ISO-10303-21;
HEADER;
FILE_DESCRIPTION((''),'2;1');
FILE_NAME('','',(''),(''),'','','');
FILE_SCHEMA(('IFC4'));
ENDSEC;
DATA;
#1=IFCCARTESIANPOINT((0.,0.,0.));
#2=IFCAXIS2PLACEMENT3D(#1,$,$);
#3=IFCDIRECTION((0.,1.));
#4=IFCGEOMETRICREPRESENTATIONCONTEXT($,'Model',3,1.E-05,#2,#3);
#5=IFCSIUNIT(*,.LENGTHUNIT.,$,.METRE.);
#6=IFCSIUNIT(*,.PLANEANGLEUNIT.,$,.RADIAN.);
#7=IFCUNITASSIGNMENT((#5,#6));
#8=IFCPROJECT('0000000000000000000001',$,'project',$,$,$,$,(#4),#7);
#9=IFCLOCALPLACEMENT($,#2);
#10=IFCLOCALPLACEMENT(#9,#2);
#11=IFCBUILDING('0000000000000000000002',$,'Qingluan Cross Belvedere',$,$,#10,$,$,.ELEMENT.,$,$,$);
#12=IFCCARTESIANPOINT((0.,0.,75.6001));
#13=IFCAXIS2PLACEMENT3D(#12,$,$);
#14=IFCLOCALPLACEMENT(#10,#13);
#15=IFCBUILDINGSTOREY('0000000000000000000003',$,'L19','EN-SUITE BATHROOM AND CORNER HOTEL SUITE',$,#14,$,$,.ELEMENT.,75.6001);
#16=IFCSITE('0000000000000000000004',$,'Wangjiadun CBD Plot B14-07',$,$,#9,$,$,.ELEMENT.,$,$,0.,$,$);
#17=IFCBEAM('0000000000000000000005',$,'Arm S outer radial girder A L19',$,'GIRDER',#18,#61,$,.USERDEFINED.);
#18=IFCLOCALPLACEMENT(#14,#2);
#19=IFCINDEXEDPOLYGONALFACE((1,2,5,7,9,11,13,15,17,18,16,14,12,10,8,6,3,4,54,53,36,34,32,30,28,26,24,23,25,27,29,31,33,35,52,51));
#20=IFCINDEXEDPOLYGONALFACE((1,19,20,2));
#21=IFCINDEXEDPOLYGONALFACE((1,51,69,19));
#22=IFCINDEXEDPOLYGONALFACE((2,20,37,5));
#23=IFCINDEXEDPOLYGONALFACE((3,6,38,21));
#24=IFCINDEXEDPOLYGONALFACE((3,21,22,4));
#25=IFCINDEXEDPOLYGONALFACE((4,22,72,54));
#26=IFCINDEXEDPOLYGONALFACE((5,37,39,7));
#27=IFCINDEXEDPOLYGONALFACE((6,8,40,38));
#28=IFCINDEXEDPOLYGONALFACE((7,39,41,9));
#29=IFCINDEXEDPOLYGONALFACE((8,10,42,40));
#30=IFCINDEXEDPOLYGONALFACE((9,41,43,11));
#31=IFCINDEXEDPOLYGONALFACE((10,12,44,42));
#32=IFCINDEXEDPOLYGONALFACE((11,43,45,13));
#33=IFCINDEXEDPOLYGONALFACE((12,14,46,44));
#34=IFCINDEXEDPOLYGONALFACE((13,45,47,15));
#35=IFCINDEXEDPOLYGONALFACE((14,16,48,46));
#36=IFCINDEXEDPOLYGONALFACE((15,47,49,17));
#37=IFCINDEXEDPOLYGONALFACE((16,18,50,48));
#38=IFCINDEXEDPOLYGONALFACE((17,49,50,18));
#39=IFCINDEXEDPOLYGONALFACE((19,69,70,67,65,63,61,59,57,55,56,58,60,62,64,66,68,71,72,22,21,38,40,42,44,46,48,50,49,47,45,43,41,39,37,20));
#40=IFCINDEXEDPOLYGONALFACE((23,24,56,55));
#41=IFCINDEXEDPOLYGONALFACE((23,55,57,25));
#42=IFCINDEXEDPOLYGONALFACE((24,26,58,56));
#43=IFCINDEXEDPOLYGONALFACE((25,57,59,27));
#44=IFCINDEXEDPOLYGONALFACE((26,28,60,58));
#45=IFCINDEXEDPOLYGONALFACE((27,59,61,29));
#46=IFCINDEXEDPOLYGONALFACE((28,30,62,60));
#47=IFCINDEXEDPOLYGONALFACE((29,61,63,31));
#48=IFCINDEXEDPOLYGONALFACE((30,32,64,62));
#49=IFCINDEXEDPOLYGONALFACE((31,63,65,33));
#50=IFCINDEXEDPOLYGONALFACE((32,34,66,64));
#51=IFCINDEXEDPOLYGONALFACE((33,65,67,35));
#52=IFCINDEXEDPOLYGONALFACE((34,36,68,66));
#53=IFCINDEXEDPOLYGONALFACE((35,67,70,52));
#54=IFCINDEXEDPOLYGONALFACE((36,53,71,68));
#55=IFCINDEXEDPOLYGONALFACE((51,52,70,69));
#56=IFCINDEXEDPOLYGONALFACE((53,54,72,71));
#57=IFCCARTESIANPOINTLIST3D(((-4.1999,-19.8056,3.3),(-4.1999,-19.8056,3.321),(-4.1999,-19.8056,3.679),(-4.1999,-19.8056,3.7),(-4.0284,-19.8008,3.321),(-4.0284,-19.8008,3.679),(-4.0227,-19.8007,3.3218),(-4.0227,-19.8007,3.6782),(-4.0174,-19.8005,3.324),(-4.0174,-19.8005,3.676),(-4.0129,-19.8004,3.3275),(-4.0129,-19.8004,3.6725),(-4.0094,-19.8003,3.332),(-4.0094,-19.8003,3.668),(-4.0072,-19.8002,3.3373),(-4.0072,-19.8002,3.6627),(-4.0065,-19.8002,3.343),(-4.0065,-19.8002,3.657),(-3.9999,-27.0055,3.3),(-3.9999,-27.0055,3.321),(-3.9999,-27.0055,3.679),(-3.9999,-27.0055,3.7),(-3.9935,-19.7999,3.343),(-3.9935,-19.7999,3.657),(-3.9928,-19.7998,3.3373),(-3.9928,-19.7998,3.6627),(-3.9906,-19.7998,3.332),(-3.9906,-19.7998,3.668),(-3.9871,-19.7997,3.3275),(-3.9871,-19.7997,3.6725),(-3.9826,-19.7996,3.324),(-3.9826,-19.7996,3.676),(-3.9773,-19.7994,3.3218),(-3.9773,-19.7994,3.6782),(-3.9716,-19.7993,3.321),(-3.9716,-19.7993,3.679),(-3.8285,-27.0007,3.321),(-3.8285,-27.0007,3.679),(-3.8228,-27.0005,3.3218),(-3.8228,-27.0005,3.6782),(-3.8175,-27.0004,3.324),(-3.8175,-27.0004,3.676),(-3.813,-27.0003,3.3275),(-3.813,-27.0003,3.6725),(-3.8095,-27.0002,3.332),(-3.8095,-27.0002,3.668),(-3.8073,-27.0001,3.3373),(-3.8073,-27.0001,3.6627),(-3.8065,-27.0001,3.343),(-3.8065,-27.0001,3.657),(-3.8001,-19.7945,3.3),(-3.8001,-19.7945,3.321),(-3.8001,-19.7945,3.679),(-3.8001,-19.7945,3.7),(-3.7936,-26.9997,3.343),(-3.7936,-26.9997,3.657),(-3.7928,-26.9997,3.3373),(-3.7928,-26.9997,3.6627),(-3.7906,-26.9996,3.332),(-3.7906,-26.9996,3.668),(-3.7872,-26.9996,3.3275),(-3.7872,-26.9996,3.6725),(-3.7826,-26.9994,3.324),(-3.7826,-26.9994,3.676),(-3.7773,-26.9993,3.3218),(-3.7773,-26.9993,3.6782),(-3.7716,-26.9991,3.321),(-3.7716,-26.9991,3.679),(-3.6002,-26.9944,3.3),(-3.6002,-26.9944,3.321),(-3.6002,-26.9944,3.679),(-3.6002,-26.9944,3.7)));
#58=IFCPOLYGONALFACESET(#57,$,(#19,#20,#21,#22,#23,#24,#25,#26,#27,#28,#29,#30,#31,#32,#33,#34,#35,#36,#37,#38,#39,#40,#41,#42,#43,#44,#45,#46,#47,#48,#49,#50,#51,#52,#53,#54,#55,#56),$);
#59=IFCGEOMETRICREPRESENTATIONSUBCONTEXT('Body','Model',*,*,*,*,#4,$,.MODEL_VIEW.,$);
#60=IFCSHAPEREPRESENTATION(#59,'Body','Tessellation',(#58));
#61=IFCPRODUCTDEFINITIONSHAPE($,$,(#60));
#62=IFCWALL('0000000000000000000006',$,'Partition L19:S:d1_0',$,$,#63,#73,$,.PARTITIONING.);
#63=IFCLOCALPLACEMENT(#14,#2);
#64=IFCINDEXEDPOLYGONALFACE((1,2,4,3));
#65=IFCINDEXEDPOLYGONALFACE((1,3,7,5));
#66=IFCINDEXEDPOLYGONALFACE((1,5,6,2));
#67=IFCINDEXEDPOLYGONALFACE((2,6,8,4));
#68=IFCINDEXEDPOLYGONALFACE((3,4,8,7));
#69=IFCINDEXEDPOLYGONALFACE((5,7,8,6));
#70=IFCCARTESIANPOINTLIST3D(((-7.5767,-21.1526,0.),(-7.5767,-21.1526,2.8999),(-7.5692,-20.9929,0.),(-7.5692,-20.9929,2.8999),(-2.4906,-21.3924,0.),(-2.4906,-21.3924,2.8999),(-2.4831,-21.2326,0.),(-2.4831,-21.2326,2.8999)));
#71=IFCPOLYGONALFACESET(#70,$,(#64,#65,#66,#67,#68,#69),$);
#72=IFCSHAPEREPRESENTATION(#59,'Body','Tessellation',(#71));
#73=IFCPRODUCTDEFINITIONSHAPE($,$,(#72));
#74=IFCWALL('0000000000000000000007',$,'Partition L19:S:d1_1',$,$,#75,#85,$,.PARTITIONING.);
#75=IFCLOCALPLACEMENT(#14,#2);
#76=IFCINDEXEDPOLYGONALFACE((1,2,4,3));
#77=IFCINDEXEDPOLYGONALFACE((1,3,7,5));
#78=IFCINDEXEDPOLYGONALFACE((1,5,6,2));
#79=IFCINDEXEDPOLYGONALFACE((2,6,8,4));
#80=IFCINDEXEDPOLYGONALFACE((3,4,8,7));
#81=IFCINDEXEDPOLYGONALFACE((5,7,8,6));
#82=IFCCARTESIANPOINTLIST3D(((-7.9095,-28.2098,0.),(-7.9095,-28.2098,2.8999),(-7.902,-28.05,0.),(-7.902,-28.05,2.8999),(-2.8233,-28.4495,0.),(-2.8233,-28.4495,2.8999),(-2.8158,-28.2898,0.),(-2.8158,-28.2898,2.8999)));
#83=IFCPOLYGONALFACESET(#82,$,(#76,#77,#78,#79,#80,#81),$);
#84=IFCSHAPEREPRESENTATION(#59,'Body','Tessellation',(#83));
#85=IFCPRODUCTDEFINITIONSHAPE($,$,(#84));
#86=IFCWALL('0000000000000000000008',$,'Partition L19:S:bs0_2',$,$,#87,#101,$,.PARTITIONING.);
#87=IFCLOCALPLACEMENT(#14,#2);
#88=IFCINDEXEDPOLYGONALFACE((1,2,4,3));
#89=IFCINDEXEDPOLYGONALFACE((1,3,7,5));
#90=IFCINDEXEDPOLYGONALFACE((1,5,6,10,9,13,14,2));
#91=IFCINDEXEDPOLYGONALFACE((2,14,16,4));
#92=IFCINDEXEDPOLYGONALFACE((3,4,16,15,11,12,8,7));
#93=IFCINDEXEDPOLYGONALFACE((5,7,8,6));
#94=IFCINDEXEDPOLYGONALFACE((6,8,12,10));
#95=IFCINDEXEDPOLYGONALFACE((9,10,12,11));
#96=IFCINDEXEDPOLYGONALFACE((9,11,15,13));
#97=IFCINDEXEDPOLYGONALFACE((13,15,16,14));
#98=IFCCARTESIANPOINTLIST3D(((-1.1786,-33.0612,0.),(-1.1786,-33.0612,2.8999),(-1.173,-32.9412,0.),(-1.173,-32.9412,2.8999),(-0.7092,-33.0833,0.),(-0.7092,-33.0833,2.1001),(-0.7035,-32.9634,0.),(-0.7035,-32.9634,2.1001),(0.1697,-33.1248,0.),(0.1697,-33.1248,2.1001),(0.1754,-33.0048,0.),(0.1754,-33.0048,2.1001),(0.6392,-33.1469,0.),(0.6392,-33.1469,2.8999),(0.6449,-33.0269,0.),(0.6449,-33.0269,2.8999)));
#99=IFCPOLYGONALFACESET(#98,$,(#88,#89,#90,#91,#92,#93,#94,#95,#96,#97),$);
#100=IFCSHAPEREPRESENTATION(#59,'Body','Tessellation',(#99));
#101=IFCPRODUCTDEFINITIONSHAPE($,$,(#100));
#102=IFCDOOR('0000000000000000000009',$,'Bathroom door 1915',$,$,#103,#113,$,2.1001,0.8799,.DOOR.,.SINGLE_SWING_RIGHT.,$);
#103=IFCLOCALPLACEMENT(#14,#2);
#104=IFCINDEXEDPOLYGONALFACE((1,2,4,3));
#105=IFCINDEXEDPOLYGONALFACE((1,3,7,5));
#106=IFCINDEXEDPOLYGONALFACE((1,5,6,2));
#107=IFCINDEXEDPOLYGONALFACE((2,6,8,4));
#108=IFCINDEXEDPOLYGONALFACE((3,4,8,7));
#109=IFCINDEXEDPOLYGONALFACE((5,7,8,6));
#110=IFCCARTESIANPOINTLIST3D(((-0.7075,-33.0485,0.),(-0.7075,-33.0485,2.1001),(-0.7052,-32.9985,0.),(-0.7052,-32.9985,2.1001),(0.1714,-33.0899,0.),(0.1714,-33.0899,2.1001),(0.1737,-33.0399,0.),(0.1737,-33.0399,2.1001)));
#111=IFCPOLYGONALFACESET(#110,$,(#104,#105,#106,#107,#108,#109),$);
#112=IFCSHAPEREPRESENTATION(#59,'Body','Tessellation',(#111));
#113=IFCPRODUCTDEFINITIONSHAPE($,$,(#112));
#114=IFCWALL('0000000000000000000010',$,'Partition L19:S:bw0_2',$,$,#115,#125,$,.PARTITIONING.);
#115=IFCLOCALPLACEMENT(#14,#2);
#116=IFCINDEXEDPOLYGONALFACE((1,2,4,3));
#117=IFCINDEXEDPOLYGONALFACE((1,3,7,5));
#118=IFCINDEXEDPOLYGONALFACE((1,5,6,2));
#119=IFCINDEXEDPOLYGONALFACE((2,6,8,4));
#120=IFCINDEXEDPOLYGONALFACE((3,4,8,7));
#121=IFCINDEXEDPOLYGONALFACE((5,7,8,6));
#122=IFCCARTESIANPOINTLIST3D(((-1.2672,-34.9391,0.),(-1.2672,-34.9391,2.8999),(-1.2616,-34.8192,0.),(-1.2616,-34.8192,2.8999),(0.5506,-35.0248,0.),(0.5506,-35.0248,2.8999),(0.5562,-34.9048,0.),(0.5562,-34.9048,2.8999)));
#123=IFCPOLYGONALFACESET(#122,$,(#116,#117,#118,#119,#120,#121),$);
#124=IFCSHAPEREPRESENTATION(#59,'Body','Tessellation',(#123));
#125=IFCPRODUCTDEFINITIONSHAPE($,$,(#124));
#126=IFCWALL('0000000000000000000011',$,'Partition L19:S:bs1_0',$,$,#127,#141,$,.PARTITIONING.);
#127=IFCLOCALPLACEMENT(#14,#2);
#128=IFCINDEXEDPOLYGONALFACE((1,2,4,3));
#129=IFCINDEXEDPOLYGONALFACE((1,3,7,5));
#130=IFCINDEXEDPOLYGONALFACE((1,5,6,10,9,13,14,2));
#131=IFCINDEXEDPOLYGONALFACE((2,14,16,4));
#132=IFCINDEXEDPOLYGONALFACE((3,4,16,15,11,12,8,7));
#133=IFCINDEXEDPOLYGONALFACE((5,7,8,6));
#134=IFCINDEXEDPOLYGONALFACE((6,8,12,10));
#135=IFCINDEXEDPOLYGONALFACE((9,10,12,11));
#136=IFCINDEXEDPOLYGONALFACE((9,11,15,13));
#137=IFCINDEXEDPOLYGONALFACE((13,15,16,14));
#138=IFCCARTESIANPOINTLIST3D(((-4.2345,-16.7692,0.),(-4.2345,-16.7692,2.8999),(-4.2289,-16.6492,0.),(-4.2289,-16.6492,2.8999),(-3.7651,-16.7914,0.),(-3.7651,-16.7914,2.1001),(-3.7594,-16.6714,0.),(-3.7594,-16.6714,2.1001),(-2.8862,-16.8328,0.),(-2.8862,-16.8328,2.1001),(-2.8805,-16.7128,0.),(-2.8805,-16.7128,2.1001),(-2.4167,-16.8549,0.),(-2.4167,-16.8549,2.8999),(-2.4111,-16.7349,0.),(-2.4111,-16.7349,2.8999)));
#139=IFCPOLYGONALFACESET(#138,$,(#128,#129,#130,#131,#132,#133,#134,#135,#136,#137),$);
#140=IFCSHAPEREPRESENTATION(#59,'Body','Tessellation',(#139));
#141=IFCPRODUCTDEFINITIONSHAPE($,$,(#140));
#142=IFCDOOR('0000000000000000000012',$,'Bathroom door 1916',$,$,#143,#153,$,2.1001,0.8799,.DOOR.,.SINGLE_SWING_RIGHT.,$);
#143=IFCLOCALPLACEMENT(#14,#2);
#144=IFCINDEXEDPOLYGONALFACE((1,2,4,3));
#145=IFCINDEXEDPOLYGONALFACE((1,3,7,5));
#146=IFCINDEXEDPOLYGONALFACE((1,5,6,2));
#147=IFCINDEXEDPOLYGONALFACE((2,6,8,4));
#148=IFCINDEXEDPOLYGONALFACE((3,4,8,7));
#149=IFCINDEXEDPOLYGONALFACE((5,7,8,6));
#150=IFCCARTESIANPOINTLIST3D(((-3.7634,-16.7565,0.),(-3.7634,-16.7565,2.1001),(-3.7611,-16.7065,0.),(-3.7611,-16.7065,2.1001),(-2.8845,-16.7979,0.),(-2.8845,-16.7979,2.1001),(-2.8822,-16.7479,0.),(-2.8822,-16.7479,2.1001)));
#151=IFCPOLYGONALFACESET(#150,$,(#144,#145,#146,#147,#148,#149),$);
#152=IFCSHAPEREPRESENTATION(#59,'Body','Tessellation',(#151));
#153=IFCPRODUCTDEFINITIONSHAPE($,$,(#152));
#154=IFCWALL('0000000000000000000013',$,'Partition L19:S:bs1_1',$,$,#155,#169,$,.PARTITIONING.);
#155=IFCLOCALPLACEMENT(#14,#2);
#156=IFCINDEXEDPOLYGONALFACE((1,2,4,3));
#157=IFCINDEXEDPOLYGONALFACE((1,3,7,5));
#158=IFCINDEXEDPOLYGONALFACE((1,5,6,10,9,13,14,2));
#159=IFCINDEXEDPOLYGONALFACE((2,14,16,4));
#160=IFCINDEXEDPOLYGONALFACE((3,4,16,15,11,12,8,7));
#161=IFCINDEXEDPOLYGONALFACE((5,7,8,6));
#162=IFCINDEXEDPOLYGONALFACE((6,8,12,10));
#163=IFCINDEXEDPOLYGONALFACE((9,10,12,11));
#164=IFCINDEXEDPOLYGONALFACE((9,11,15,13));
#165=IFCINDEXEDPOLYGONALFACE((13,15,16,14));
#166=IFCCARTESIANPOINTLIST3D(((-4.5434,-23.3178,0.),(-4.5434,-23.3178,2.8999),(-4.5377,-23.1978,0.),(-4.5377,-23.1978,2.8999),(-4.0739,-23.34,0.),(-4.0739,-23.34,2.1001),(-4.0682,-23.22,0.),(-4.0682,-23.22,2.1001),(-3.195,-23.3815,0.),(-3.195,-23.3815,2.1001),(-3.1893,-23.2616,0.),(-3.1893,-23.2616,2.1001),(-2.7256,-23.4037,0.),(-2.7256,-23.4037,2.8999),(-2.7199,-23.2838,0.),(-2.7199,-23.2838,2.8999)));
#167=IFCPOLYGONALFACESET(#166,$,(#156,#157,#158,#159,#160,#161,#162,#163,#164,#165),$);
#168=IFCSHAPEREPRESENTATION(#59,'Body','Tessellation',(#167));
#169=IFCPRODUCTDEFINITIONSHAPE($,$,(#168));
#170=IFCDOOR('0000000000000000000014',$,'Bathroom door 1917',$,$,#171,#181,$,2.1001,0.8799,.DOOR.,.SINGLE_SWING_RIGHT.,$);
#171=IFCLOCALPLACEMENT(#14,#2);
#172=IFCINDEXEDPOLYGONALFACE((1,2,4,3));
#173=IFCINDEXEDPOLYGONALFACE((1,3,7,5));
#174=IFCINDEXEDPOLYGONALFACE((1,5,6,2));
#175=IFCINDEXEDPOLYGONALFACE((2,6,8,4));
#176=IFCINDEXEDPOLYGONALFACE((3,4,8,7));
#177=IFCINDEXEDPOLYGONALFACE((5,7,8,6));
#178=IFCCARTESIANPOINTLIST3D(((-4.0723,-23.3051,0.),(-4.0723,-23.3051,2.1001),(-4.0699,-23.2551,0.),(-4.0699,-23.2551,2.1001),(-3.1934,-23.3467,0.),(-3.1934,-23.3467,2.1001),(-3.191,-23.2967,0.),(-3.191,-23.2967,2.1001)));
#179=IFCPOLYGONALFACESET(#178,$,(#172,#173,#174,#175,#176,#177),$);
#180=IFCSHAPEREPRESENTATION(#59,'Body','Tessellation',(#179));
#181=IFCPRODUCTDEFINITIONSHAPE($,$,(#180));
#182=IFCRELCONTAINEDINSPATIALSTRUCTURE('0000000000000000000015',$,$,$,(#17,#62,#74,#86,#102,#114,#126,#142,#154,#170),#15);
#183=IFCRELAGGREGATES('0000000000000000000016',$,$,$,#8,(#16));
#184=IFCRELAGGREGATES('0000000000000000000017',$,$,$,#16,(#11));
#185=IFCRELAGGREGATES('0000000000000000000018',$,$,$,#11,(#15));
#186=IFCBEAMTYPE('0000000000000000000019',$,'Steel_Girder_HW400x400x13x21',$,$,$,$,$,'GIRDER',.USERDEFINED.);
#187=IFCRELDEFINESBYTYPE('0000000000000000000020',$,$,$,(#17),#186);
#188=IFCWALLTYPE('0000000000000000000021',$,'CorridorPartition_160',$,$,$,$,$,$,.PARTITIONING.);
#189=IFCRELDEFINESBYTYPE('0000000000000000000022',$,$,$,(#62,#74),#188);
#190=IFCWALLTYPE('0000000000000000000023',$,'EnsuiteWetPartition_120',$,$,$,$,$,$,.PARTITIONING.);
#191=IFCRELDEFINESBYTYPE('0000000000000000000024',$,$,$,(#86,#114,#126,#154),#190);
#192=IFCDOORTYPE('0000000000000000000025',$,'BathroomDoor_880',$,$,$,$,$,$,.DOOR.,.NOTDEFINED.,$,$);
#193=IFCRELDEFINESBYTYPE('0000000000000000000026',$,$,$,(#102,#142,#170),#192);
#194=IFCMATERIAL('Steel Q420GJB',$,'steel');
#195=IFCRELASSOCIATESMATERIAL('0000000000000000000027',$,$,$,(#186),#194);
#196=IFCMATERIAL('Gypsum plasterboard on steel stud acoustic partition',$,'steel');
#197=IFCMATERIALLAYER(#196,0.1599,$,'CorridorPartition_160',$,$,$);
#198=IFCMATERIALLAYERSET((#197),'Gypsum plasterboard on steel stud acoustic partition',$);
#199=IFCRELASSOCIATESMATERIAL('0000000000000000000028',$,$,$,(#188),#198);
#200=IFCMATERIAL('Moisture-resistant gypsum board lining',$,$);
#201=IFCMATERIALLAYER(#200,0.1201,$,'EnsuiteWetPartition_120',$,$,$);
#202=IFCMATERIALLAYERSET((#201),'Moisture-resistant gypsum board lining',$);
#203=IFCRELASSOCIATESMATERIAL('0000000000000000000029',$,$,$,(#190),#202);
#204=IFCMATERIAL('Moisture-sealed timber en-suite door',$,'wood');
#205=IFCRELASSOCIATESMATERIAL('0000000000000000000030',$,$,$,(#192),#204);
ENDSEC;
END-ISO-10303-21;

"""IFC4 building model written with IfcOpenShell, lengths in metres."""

from ifc_helpers import new_model, si_unit, direction, frame, frame_2d, origin, origin_2d, place, context, subcontext, project, spatial, rectangle, i_section, extrude, material, layer, layer_set, material_profile, profile_set, type_object, element, fill, save


model = new_model("IFC4")

# Units and contexts
model_context = context("Model", 3, precision=1e-05, world=origin(), true_north=direction((0.0, 1.0)))
body_context = subcontext(model_context, "Body", "Model", "MODEL_VIEW")
ifc_project = project(units=[si_unit("LENGTHUNIT", "METRE"), si_unit("PLANEANGLEUNIT", "RADIAN")], contexts=[model_context])

# Site, building, storey
site_placement = place(None, origin())
site = spatial("IfcSite", under=ifc_project, at=site_placement, Name="Wangjiadun CBD Plot B14-07", CompositionType="ELEMENT", RefElevation=0.0)
building_placement = place(site_placement, origin())
building = spatial("IfcBuilding", under=site, at=building_placement, Name="Qingluan Cross Belvedere", CompositionType="ELEMENT")
storey_placement = place(building_placement, frame((0.0, 0.0, 75.6001)))
storey = spatial("IfcBuildingStorey", under=building, at=storey_placement, Name="L19", Description="EN-SUITE BATHROOM AND CORNER HOTEL SUITE", CompositionType="ELEMENT", Elevation=75.6001)

# Beam
ifc_material_1 = material(Name="Steel Q420GJB", Category="steel")
ifc_material_profile_1 = material_profile(ifc_material_1, i_section(OverallWidth=0.3999, OverallDepth=0.3999, WebThickness=0.0129, FlangeThickness=0.021, FilletRadius=0.022, at=origin_2d()), Name="HW400x400x13x21")
ifc_profile_set_1 = profile_set([ifc_material_profile_1], Name="Steel Q420GJB")
beam_type_1 = type_object("IfcBeamType", Name="Steel_Girder_HW400x400x13x21", ElementType="GIRDER", PredefinedType="USERDEFINED", material=ifc_profile_set_1)
beam_1_placement = place(storey_placement, frame((-4.0, -19.8, 3.5), z_axis=(0.02776, -0.999615, 0.0), x_axis=(0.999615, 0.02776, 0.0)))
element("IfcBeam", 1, at=beam_1_placement, inside=storey, type_object=beam_type_1, Name="Arm S outer radial girder A L19", ObjectType="GIRDER", PredefinedType="USERDEFINED", context=body_context, shape_type="SweptSolid", body=[
    extrude(i_section(OverallWidth=0.3999, OverallDepth=0.3999, WebThickness=0.0129, FlangeThickness=0.021, FilletRadius=0.022, at=origin_2d()), origin(), (0.0, 0.0, 1.0), 7.2026),
])

# Walls
ifc_material_2 = material(Name="Gypsum plasterboard on steel stud acoustic partition", Category="steel")
ifc_layer_1 = layer(ifc_material_2, 0.1599, Name="CorridorPartition_160")
ifc_layer_set_1 = layer_set([ifc_layer_1], Name="Gypsum plasterboard on steel stud acoustic partition")
wall_type_1 = type_object("IfcWallType", Name="CorridorPartition_160", PredefinedType="PARTITIONING", material=ifc_layer_set_1)
for number, where, z_axis, x_axis, name in (
    (2, (-2.4868, -21.3125, 0.0), (0.0, 0.0, 1.0), (-0.998891, 0.047084, 0.0), "Partition L19:S:d1_0"),
    (3, (-2.8196, -28.3696, 0.0), (0.0, 0.0, 1.0), (-0.998891, 0.047084, 0.0), "Partition L19:S:d1_1"),
):
    element("IfcWall", number, at=place(storey_placement, frame(where, z_axis=z_axis, x_axis=x_axis)), inside=storey, type_object=wall_type_1, Name=name, PredefinedType="PARTITIONING", context=body_context, shape_type="SweptSolid", body=[
        extrude(rectangle(XDim=5.0918, YDim=0.1599, at=frame_2d((2.5459, 0.0))), origin(), (0.0, 0.0, 1.0), 2.8999),
    ])

# Wall, opening, door
ifc_material_3 = material(Name="Moisture-resistant gypsum board lining")
ifc_layer_2 = layer(ifc_material_3, 0.1201, Name="EnsuiteWetPartition_120")
ifc_layer_set_2 = layer_set([ifc_layer_2], Name="Moisture-resistant gypsum board lining")
wall_type_2 = type_object("IfcWallType", Name="EnsuiteWetPartition_120", PredefinedType="PARTITIONING", material=ifc_layer_set_2)
wall_1_placement = place(storey_placement, frame((-1.1758, -33.0012, 0.0), z_axis=(0.0, 0.0, 1.0), x_axis=(0.998891, -0.047087, 0.0)))
wall_1 = element("IfcWall", 4, at=wall_1_placement, inside=storey, type_object=wall_type_2, Name="Partition L19:S:bs0_2", PredefinedType="PARTITIONING", context=body_context, shape_type="SweptSolid", body=[
    extrude(rectangle(XDim=1.8198, YDim=0.1201, at=frame_2d((0.9099, 0.0))), origin(), (0.0, 0.0, 1.0), 2.8999),
])
opening_1_placement = place(wall_1_placement, frame((0.47, 0.0, 0.0)))
opening_1 = element("IfcOpeningElement", 5, at=opening_1_placement, cuts=wall_1, PredefinedType="OPENING", context=body_context, shape_type="SweptSolid", body=[
    extrude(rectangle(XDim=0.8799, YDim=2.1001, at=frame_2d((0.4399, 1.05))), frame((0.0, 0.0701, 0.0), z_axis=(0.0, -1.0, 0.0), x_axis=(1.0, 0.0, 0.0)), (0.0, 0.0, 1.0), 0.1401),
])
ifc_material_4 = material(Name="Moisture-sealed timber en-suite door", Category="wood")
door_type = type_object("IfcDoorType", Name="BathroomDoor_880", OperationType="NOTDEFINED", PredefinedType="DOOR", material=ifc_material_4)
door_1_placement = place(opening_1_placement, origin())
door_1 = element("IfcDoor", 6, at=door_1_placement, inside=storey, type_object=door_type, Name="Bathroom door 1915", OperationType="SINGLE_SWING_RIGHT", OverallHeight=2.1001, OverallWidth=0.8799, PredefinedType="DOOR", context=body_context, shape_type="SweptSolid", body=[
    extrude(rectangle(XDim=0.8799, YDim=2.1001, at=frame_2d((0.4399, 1.05))), frame((0.0, 0.0249, 0.0), z_axis=(0.0, -1.0, 0.0), x_axis=(1.0, 0.0, 0.0)), (0.0, 0.0, 1.0), 0.05),
])
fill(opening_1, door_1)

# Wall
wall_2_placement = place(storey_placement, frame((-1.2644, -34.8792, 0.0), z_axis=(0.0, 0.0, 1.0), x_axis=(0.998891, -0.047087, 0.0)))
element("IfcWall", 7, at=wall_2_placement, inside=storey, type_object=wall_type_2, Name="Partition L19:S:bw0_2", PredefinedType="PARTITIONING", context=body_context, shape_type="SweptSolid", body=[
    extrude(rectangle(XDim=1.8198, YDim=0.1201, at=frame_2d((0.9099, 0.0))), origin(), (0.0, 0.0, 1.0), 2.8999),
])

# Walls, openings, doors
wall_3_placement = place(storey_placement, frame((-4.2317, -16.7092, 0.0), z_axis=(0.0, 0.0, 1.0), x_axis=(0.998891, -0.047087, 0.0)))
wall_3 = element("IfcWall", 8, at=wall_3_placement, inside=storey, type_object=wall_type_2, Name="Partition L19:S:bs1_0", PredefinedType="PARTITIONING", context=body_context, shape_type="SweptSolid", body=[
    extrude(rectangle(XDim=1.8198, YDim=0.1201, at=frame_2d((0.9099, 0.0))), origin(), (0.0, 0.0, 1.0), 2.8999),
])
opening_2_placement = place(wall_3_placement, frame((0.47, 0.0, 0.0)))
opening_2 = element("IfcOpeningElement", 9, at=opening_2_placement, cuts=wall_3, PredefinedType="OPENING", context=body_context, shape_type="SweptSolid", body=[
    extrude(rectangle(XDim=0.8799, YDim=2.1001, at=frame_2d((0.4399, 1.05))), frame((0.0, 0.0701, 0.0), z_axis=(0.0, -1.0, 0.0), x_axis=(1.0, 0.0, 0.0)), (0.0, 0.0, 1.0), 0.1401),
])
door_2_placement = place(opening_2_placement, origin())
door_2 = element("IfcDoor", 10, at=door_2_placement, inside=storey, type_object=door_type, Name="Bathroom door 1916", OperationType="SINGLE_SWING_RIGHT", OverallHeight=2.1001, OverallWidth=0.8799, PredefinedType="DOOR", context=body_context, shape_type="SweptSolid", body=[
    extrude(rectangle(XDim=0.8799, YDim=2.1001, at=frame_2d((0.4399, 1.05))), frame((0.0, 0.0249, 0.0), z_axis=(0.0, -1.0, 0.0), x_axis=(1.0, 0.0, 0.0)), (0.0, 0.0, 1.0), 0.05),
])
fill(opening_2, door_2)
wall_4_placement = place(storey_placement, frame((-4.5405, -23.2578, 0.0), z_axis=(0.0, 0.0, 1.0), x_axis=(0.998884, -0.047221, 0.0)))
wall_4 = element("IfcWall", 11, at=wall_4_placement, inside=storey, type_object=wall_type_2, Name="Partition L19:S:bs1_1", PredefinedType="PARTITIONING", context=body_context, shape_type="SweptSolid", body=[
    extrude(rectangle(XDim=1.8198, YDim=0.1201, at=frame_2d((0.9099, 0.0))), origin(), (0.0, 0.0, 1.0), 2.8999),
])
opening_3_placement = place(wall_4_placement, frame((0.47, 0.0, 0.0)))
opening_3 = element("IfcOpeningElement", 12, at=opening_3_placement, cuts=wall_4, PredefinedType="OPENING", context=body_context, shape_type="SweptSolid", body=[
    extrude(rectangle(XDim=0.8799, YDim=2.1001, at=frame_2d((0.4399, 1.05))), frame((0.0, 0.0701, 0.0), z_axis=(0.0, -1.0, 0.0), x_axis=(1.0, 0.0, 0.0)), (0.0, 0.0, 1.0), 0.1401),
])
door_3_placement = place(opening_3_placement, origin())
door_3 = element("IfcDoor", 13, at=door_3_placement, inside=storey, type_object=door_type, Name="Bathroom door 1917", OperationType="SINGLE_SWING_RIGHT", OverallHeight=2.1001, OverallWidth=0.8799, PredefinedType="DOOR", context=body_context, shape_type="SweptSolid", body=[
    extrude(rectangle(XDim=0.8799, YDim=2.1001, at=frame_2d((0.4399, 1.05))), frame((0.0, 0.0249, 0.0), z_axis=(0.0, -1.0, 0.0), x_axis=(1.0, 0.0, 0.0)), (0.0, 0.0, 1.0), 0.05),
])
fill(opening_3, door_3)

save(model, "model.ifc")
